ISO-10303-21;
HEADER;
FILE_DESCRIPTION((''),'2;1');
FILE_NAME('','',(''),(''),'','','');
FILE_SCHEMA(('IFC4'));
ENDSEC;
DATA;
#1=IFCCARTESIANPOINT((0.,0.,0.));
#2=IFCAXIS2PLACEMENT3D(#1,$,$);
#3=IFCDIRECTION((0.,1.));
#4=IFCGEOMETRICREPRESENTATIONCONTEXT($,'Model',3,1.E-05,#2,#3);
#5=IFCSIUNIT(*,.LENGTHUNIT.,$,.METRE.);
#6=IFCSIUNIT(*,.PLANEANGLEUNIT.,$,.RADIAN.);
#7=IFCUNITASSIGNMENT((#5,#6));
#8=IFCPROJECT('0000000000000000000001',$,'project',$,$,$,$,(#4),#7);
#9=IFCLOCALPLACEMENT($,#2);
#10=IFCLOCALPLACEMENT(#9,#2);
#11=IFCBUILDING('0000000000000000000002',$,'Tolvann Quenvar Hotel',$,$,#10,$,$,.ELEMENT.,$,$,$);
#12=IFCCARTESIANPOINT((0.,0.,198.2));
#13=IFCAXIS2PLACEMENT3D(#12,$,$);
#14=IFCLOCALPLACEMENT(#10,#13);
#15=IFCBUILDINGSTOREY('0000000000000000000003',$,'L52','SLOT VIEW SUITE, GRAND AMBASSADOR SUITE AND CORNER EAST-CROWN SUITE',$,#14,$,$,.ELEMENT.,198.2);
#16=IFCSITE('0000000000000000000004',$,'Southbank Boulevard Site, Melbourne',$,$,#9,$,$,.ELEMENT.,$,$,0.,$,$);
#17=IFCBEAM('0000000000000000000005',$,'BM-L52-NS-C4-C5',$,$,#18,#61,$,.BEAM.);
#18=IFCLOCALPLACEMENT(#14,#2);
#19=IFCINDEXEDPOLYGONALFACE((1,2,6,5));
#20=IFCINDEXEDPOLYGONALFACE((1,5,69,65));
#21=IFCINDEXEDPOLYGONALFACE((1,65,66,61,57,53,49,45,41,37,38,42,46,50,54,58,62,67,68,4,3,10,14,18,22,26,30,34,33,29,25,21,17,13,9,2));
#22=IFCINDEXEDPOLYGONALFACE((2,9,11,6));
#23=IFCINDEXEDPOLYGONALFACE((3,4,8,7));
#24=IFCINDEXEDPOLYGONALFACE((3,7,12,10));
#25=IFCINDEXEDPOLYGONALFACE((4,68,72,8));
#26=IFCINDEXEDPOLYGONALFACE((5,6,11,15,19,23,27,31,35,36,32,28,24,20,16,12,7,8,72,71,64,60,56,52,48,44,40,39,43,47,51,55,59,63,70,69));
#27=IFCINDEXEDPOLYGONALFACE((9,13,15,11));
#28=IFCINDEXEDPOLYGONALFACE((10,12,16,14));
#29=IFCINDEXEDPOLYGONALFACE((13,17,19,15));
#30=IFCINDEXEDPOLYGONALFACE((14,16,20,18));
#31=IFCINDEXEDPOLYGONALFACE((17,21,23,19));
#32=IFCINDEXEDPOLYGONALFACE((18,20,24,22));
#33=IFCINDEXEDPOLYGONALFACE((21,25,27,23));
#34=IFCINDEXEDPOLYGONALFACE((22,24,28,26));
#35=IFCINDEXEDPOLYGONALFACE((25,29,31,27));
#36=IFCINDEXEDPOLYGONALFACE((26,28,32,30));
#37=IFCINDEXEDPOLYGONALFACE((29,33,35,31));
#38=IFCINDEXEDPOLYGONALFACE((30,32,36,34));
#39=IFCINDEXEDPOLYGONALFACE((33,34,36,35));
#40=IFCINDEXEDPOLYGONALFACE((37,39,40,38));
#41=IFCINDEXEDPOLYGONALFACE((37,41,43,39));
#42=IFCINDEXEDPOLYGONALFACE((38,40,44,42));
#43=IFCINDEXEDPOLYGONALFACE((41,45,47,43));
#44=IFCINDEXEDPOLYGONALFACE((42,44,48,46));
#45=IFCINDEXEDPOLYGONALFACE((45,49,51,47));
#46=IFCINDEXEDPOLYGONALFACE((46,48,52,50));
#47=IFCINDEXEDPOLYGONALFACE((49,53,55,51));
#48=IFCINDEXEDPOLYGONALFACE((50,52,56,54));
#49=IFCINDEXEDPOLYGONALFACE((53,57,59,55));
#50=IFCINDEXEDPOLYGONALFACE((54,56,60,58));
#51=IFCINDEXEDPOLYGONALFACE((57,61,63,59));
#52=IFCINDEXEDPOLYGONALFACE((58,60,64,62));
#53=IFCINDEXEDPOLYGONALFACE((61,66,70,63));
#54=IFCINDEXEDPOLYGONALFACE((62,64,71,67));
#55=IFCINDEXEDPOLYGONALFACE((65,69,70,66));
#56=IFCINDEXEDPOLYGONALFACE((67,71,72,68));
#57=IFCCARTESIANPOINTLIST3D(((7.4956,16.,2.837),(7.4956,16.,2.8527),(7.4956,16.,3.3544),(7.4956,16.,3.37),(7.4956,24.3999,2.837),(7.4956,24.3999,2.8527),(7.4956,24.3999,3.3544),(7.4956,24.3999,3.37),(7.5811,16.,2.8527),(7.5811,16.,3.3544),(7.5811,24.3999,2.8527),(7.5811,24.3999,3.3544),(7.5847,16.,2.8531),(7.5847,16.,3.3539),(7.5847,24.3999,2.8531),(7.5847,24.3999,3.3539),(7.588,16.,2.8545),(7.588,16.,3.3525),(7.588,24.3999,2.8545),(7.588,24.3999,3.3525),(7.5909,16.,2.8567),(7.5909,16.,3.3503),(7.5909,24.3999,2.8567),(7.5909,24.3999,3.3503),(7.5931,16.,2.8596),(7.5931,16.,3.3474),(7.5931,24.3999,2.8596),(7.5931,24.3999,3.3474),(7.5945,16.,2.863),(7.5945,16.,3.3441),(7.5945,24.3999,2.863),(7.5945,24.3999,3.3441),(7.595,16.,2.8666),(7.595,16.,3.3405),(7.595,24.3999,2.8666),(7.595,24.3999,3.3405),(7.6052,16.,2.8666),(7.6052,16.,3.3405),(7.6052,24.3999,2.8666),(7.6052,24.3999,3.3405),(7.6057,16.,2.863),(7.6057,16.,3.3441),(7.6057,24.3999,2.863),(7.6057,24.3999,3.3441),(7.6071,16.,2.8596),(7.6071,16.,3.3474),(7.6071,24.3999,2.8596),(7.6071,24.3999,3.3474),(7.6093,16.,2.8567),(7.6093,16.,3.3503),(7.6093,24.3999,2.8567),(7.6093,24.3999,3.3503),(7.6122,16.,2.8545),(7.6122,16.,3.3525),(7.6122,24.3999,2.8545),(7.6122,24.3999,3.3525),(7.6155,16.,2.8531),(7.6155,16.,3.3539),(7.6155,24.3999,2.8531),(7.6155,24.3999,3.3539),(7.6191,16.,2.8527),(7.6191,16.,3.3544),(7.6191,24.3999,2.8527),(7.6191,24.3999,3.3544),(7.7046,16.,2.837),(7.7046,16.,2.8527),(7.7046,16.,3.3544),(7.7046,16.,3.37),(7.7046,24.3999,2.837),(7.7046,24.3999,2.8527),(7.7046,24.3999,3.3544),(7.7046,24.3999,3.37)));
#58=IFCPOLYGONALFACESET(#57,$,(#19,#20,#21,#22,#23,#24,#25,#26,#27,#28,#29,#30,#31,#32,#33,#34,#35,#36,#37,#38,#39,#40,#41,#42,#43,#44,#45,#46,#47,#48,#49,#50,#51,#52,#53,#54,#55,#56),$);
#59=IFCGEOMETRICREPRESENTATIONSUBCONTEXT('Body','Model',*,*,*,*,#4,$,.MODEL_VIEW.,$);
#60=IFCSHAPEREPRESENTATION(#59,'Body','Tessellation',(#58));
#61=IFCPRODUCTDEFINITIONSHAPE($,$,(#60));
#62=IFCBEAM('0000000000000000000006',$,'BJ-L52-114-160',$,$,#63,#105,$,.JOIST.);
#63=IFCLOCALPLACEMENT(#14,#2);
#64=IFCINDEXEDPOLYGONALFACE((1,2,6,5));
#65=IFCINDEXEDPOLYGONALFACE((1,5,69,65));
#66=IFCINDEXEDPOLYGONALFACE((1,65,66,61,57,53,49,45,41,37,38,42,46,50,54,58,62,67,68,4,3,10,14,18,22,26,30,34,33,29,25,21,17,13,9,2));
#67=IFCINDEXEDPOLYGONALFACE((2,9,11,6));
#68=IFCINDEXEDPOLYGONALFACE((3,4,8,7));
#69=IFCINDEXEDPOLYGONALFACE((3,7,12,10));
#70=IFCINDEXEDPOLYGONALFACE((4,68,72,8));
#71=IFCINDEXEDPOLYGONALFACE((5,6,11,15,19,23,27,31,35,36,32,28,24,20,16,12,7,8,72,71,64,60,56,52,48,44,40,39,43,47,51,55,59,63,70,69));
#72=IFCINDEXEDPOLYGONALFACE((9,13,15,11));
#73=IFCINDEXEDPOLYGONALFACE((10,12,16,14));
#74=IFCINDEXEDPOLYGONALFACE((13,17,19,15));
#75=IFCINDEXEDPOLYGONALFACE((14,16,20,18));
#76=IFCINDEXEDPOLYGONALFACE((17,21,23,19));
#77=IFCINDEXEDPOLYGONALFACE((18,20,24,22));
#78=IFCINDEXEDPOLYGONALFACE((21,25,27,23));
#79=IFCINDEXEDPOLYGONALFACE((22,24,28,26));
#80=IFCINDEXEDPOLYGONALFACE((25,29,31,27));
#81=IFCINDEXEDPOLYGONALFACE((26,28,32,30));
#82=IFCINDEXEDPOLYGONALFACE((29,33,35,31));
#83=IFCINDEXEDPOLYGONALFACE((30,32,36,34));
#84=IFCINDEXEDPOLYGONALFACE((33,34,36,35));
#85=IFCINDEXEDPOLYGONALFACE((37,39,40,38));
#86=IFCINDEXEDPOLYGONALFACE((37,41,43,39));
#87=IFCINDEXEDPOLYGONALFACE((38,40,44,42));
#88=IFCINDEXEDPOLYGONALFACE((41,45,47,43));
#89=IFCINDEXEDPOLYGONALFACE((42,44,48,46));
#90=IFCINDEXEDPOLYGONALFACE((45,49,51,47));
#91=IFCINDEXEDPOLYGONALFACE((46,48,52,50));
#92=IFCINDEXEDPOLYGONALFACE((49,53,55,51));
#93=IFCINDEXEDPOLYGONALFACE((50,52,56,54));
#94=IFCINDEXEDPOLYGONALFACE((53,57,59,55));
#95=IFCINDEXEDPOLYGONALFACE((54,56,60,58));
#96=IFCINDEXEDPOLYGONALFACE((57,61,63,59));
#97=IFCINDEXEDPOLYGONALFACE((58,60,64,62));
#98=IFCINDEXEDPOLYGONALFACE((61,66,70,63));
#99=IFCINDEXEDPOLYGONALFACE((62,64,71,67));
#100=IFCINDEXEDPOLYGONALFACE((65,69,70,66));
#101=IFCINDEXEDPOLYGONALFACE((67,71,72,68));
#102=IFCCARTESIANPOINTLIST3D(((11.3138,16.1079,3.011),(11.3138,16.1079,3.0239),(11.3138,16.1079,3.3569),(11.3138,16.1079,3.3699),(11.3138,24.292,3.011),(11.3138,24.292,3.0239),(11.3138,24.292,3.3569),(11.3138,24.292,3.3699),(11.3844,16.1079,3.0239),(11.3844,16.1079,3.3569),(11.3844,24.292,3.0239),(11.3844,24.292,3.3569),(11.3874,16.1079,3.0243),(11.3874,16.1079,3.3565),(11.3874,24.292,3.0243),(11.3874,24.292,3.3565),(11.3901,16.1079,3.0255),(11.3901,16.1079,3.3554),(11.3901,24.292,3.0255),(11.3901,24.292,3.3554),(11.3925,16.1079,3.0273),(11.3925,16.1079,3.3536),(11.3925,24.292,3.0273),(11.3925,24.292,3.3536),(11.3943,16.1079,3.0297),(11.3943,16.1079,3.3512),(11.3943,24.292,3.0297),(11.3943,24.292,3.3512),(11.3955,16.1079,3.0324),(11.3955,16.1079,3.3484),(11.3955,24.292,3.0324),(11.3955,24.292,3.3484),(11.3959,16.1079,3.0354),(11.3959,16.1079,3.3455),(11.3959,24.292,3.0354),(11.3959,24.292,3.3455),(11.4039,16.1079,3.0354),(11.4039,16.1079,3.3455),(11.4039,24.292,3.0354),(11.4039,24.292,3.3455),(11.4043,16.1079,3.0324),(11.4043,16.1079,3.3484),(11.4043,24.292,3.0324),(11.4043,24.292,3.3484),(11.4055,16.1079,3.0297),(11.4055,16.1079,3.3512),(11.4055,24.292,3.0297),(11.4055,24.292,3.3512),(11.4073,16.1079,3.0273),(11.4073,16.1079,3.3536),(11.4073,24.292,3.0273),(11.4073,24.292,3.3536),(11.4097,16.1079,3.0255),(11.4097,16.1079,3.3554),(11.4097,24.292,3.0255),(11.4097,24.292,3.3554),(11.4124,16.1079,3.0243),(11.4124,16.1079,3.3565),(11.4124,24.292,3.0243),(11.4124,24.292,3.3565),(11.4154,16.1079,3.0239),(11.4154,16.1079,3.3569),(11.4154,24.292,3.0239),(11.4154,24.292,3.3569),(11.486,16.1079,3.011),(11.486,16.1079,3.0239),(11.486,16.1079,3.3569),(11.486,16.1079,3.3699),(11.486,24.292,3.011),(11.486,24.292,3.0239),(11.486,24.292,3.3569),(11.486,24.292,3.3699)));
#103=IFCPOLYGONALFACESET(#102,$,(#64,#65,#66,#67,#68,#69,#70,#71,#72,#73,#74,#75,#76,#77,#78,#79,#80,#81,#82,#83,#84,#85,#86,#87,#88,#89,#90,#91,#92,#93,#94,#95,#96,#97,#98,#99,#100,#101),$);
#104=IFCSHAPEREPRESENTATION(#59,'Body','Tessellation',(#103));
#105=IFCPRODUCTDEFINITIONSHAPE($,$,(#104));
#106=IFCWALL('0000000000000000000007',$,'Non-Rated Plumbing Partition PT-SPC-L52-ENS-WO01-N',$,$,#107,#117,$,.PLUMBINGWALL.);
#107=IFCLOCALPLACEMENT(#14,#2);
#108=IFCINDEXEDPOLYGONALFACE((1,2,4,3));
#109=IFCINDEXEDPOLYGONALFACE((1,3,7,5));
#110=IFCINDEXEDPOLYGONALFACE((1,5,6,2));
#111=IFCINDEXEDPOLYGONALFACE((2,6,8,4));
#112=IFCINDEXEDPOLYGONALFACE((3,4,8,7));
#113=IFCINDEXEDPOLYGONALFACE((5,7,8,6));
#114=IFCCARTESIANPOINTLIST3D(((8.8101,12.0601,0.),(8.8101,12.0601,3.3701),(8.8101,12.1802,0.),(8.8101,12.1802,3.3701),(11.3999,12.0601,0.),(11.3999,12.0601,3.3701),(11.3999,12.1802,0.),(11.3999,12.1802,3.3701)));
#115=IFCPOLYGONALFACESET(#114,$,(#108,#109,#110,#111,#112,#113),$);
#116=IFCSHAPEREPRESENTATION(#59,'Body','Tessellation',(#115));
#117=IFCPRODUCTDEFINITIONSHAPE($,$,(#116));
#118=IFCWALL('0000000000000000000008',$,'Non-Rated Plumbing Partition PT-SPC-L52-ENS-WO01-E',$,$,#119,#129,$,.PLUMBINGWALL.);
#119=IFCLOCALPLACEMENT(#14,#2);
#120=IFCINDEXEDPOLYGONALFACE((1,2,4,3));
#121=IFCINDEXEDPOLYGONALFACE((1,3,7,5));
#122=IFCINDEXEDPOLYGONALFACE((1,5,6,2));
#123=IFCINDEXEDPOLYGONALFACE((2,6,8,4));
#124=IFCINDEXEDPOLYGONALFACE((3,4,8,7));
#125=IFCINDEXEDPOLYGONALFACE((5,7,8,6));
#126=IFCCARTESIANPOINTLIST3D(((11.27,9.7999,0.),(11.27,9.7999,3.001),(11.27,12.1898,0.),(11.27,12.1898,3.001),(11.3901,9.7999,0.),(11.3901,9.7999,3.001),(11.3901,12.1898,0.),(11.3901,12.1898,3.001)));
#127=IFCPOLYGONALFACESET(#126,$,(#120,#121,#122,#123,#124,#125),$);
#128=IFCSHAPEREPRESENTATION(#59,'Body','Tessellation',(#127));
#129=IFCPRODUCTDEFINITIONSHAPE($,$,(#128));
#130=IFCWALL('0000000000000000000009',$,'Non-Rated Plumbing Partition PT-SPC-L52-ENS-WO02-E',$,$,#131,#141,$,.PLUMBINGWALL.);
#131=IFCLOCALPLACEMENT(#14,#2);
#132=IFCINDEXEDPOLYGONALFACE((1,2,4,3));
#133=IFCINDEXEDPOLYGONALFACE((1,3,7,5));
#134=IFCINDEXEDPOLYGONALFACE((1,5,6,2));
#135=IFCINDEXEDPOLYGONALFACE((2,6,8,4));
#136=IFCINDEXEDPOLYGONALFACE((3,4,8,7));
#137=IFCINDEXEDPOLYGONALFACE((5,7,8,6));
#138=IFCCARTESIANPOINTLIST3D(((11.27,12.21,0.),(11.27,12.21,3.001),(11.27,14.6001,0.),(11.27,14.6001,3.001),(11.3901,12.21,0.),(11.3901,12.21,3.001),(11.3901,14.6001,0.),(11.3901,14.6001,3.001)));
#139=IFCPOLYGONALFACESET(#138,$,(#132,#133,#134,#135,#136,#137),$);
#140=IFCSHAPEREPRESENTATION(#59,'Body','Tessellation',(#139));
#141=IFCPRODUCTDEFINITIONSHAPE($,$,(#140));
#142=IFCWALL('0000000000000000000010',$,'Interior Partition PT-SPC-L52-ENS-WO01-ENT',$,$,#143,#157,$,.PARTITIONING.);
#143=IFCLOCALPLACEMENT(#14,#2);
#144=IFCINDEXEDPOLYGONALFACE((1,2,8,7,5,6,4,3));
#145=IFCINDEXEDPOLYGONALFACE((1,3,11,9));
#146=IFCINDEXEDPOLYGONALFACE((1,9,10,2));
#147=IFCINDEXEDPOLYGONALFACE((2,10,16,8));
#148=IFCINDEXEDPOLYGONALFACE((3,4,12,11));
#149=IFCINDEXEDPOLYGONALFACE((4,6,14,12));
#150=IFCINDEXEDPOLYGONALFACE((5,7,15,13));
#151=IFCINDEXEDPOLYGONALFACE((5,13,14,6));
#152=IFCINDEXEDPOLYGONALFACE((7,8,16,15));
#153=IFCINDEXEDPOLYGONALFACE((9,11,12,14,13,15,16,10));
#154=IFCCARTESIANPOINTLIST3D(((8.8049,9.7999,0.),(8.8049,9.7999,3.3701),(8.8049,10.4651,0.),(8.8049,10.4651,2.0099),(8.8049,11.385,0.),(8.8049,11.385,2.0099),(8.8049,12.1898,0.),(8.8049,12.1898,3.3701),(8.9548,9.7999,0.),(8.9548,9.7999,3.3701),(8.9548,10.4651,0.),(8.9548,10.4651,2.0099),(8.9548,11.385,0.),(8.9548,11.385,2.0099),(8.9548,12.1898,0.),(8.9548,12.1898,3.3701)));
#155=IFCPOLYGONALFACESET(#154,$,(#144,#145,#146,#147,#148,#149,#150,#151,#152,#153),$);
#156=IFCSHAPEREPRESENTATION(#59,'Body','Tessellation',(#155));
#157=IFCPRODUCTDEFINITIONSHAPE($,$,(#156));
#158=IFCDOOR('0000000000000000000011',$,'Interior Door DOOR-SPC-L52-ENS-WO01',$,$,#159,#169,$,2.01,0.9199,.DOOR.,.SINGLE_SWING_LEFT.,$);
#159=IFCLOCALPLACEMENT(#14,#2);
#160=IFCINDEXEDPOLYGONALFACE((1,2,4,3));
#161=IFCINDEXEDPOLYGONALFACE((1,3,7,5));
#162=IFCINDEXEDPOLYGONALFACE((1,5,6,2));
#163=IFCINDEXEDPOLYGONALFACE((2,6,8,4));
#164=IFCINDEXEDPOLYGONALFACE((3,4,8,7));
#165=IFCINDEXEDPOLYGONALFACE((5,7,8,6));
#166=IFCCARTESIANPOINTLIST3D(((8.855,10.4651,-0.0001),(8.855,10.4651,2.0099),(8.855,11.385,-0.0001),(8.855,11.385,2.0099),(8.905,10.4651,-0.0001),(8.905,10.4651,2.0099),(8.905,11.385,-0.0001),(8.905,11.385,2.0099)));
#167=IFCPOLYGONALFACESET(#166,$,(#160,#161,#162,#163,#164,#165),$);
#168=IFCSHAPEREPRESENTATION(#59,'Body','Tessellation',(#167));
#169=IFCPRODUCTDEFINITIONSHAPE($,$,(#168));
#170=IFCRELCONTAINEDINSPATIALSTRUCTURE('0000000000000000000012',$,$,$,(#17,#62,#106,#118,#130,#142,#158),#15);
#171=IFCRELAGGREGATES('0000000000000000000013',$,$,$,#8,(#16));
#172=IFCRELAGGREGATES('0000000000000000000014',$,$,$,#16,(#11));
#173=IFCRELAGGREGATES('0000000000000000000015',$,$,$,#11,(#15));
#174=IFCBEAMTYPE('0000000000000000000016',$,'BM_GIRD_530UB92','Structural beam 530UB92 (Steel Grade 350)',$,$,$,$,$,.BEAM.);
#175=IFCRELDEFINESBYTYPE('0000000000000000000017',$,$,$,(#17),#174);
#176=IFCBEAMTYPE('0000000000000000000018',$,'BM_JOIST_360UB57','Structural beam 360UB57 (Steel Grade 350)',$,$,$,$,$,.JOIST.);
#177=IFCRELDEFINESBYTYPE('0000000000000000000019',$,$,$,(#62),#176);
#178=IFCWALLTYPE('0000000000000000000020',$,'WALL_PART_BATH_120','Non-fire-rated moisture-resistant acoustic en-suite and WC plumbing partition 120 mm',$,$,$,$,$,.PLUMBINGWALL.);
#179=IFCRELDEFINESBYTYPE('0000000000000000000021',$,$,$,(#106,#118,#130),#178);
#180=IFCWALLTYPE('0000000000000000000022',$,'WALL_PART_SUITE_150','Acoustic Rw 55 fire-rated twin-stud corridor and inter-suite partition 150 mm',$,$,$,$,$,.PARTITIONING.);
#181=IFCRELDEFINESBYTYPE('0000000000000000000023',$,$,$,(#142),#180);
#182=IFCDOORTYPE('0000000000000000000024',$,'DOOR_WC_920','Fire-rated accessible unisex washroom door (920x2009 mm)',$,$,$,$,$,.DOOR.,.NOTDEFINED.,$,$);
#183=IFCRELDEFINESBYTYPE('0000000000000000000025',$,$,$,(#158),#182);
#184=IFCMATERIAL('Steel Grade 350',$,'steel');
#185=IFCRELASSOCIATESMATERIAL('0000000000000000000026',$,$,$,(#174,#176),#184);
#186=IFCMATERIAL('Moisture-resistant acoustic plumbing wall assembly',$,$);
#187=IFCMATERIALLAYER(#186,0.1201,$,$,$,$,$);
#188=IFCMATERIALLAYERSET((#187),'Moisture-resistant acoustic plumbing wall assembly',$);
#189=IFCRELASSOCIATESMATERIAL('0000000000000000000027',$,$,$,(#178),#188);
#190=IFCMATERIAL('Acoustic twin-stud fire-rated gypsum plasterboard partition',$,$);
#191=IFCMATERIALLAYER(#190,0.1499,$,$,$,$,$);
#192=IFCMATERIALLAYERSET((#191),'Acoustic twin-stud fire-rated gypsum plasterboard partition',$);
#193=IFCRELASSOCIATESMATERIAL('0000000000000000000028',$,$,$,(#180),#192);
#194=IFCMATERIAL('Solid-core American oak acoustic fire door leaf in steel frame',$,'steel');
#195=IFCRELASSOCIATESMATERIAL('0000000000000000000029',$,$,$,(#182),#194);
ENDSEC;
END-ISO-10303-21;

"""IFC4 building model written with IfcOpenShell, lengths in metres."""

from ifc_helpers import new_model, si_unit, direction, frame, frame_2d, origin, origin_2d, place, context, subcontext, project, spatial, rectangle, i_section, extrude, source, transform, mapped, material, layer, layer_set, material_profile, profile_set, type_object, type_shapes, element, fill, save


model = new_model("IFC4")

# Units and contexts
model_context = context("Model", 3, precision=1e-05, world=origin(), true_north=direction((0.0, 1.0)))
body_context = subcontext(model_context, "Body", "Model", "MODEL_VIEW")
ifc_project = project(units=[si_unit("LENGTHUNIT", "METRE"), si_unit("PLANEANGLEUNIT", "RADIAN")], contexts=[model_context])

# Site, building, storey
site_placement = place(None, origin())
site = spatial("IfcSite", under=ifc_project, at=site_placement, Name="Southbank Boulevard Site, Melbourne", CompositionType="ELEMENT", RefElevation=0.0)
building_placement = place(site_placement, origin())
building = spatial("IfcBuilding", under=site, at=building_placement, Name="Tolvann Quenvar Hotel", CompositionType="ELEMENT")
storey_placement = place(building_placement, frame((0.0, 0.0, 198.2)))
storey = spatial("IfcBuildingStorey", under=building, at=storey_placement, Name="L52", Description="SLOT VIEW SUITE, GRAND AMBASSADOR SUITE AND CORNER EAST-CROWN SUITE", CompositionType="ELEMENT", Elevation=198.2)

# Beams
ifc_material_1 = material(Name="Steel Grade 350", Category="steel")
ifc_material_profile_1 = material_profile(ifc_material_1, i_section(OverallWidth=0.209, OverallDepth=0.533, WebThickness=0.0103, FlangeThickness=0.0156, FilletRadius=0.0139, at=origin_2d()), Name="530UB92")
ifc_profile_set_1 = profile_set([ifc_material_profile_1], Name="Steel Grade 350")
beam_type_1 = type_object("IfcBeamType", Name="BM_GIRD_530UB92", Description="Structural beam 530UB92 (Steel Grade 350)", PredefinedType="BEAM", material=ifc_profile_set_1)
shared_shape_1 = source(origin(), body_context, "Body", "SweptSolid", [
    extrude(i_section(OverallWidth=0.209, OverallDepth=0.533, WebThickness=0.0103, FlangeThickness=0.0156, FilletRadius=0.0139, at=origin_2d()), origin(), (0.0, 0.0, 1.0), 8.3999),
])
type_shapes(beam_type_1, [shared_shape_1])
beam_1_placement = place(storey_placement, frame((7.6001, 16.0, 3.1035), z_axis=(0.0, 1.0, 0.0), x_axis=(-1.0, 0.0, 0.0)))
element("IfcBeam", 1, at=beam_1_placement, inside=storey, type_object=beam_type_1, Name="BM-L52-NS-C4-C5", PredefinedType="BEAM", context=body_context, shape_type="MappedRepresentation", body=[
    mapped(shared_shape_1, transform((0.0, 0.0, 0.0), x_axis=(1.0, 0.0, 0.0), y_axis=(0.0, 1.0, 0.0), z_axis=(0.0, 0.0, 1.0), scale=1.0)),
])
ifc_material_profile_2 = material_profile(ifc_material_1, i_section(OverallWidth=0.1721, OverallDepth=0.3589, WebThickness=0.0081, FlangeThickness=0.0129, FilletRadius=0.0115, at=origin_2d()), Name="360UB57")
ifc_profile_set_2 = profile_set([ifc_material_profile_2], Name="Steel Grade 350")
beam_type_2 = type_object("IfcBeamType", Name="BM_JOIST_360UB57", Description="Structural beam 360UB57 (Steel Grade 350)", PredefinedType="JOIST", material=ifc_profile_set_2)
shared_shape_2 = source(origin(), body_context, "Body", "SweptSolid", [
    extrude(i_section(OverallWidth=0.1721, OverallDepth=0.3589, WebThickness=0.0081, FlangeThickness=0.0129, FilletRadius=0.0115, at=origin_2d()), origin(), (0.0, 0.0, 1.0), 8.1841),
])
type_shapes(beam_type_2, [shared_shape_2])
beam_2_placement = place(storey_placement, frame((11.3999, 16.1079, 3.1904), z_axis=(0.0, 1.0, 0.0), x_axis=(-1.0, 0.0, 0.0)))
element("IfcBeam", 2, at=beam_2_placement, inside=storey, type_object=beam_type_2, Name="BJ-L52-114-160", PredefinedType="JOIST", context=body_context, shape_type="MappedRepresentation", body=[
    mapped(shared_shape_2, transform((0.0, 0.0, 0.0), x_axis=(1.0, 0.0, 0.0), y_axis=(0.0, 1.0, 0.0), z_axis=(0.0, 0.0, 1.0), scale=1.0)),
])

# Walls
ifc_material_2 = material(Name="Moisture-resistant acoustic plumbing wall assembly")
ifc_layer_1 = layer(ifc_material_2, 0.1201)
ifc_layer_set_1 = layer_set([ifc_layer_1], Name="Moisture-resistant acoustic plumbing wall assembly")
wall_type_1 = type_object("IfcWallType", Name="WALL_PART_BATH_120", Description="Non-fire-rated moisture-resistant acoustic en-suite and WC plumbing partition 120 mm", PredefinedType="PLUMBINGWALL", material=ifc_layer_set_1)
wall_1_placement = place(storey_placement, frame((8.8101, 12.1201, 0.0), z_axis=(0.0, 0.0, 1.0), x_axis=(1.0, 0.0, 0.0)))
element("IfcWall", 3, at=wall_1_placement, inside=storey, type_object=wall_type_1, Name="Non-Rated Plumbing Partition PT-SPC-L52-ENS-WO01-N", PredefinedType="PLUMBINGWALL", context=body_context, shape_type="SweptSolid", body=[
    extrude(rectangle(XDim=2.5898, YDim=0.1201, at=frame_2d((1.2949, 0.0))), origin(), (0.0, 0.0, 1.0), 3.3701),
])
wall_2_placement = place(storey_placement, frame((11.3301, 9.8, 0.0), z_axis=(0.0, 0.0, 1.0), x_axis=(0.0, 1.0, 0.0)))
element("IfcWall", 4, at=wall_2_placement, inside=storey, type_object=wall_type_1, Name="Non-Rated Plumbing Partition PT-SPC-L52-ENS-WO01-E", PredefinedType="PLUMBINGWALL", context=body_context, shape_type="SweptSolid", body=[
    extrude(rectangle(XDim=2.3899, YDim=0.1201, at=frame_2d((1.1948, 0.0))), origin(), (0.0, 0.0, 1.0), 3.001),
])
wall_3_placement = place(storey_placement, frame((11.3301, 12.21, 0.0), z_axis=(0.0, 0.0, 1.0), x_axis=(0.0, 1.0, 0.0)))
element("IfcWall", 5, at=wall_3_placement, inside=storey, type_object=wall_type_1, Name="Non-Rated Plumbing Partition PT-SPC-L52-ENS-WO02-E", PredefinedType="PLUMBINGWALL", context=body_context, shape_type="SweptSolid", body=[
    extrude(rectangle(XDim=2.3901, YDim=0.1201, at=frame_2d((1.1951, 0.0))), origin(), (0.0, 0.0, 1.0), 3.001),
])

# Wall, opening, door
ifc_material_3 = material(Name="Acoustic twin-stud fire-rated gypsum plasterboard partition")
ifc_layer_2 = layer(ifc_material_3, 0.1499)
ifc_layer_set_2 = layer_set([ifc_layer_2], Name="Acoustic twin-stud fire-rated gypsum plasterboard partition")
wall_type_2 = type_object("IfcWallType", Name="WALL_PART_SUITE_150", Description="Acoustic Rw 55 fire-rated twin-stud corridor and inter-suite partition 150 mm", PredefinedType="PARTITIONING", material=ifc_layer_set_2)
wall_4_placement = place(storey_placement, frame((8.8799, 9.8, 0.0), z_axis=(0.0, 0.0, 1.0), x_axis=(0.0, 1.0, 0.0)))
wall_4 = element("IfcWall", 6, at=wall_4_placement, inside=storey, type_object=wall_type_2, Name="Interior Partition PT-SPC-L52-ENS-WO01-ENT", PredefinedType="PARTITIONING", context=body_context, shape_type="SweptSolid", body=[
    extrude(rectangle(XDim=2.3899, YDim=0.1499, at=frame_2d((1.1948, 0.0))), origin(), (0.0, 0.0, 1.0), 3.3701),
])
opening_1_placement = place(wall_4_placement, frame((0.665, 0.0, 0.0)))
opening_1 = element("IfcOpeningElement", 7, at=opening_1_placement, cuts=wall_4, PredefinedType="OPENING", context=body_context, shape_type="SweptSolid", body=[
    extrude(rectangle(XDim=0.9199, YDim=2.01, at=frame_2d((0.46, 1.0049))), frame((0.0, 0.085, 0.0), z_axis=(0.0, -1.0, 0.0), x_axis=(1.0, 0.0, 0.0)), (0.0, 0.0, 1.0), 0.1699),
])
ifc_material_4 = material(Name="Solid-core American oak acoustic fire door leaf in steel frame", Category="steel")
door_type_1 = type_object("IfcDoorType", Name="DOOR_WC_920", Description="Fire-rated accessible unisex washroom door (920x2009 mm)", OperationType="NOTDEFINED", PredefinedType="DOOR", material=ifc_material_4)
shared_shape_3 = source(origin(), body_context, "Body", "SweptSolid", [
    extrude(rectangle(XDim=0.9199, YDim=2.01, at=frame_2d((0.46, 1.0049))), frame((0.0, 0.0249, 0.0), z_axis=(0.0, -1.0, 0.0), x_axis=(1.0, 0.0, 0.0)), (0.0, 0.0, 1.0), 0.05),
])
type_shapes(door_type_1, [shared_shape_3])
door_1_placement = place(opening_1_placement, origin())
door_1 = element("IfcDoor", 8, at=door_1_placement, inside=storey, type_object=door_type_1, Name="Interior Door DOOR-SPC-L52-ENS-WO01", OperationType="SINGLE_SWING_LEFT", OverallHeight=2.01, OverallWidth=0.9199, PredefinedType="DOOR", context=body_context, shape_type="MappedRepresentation", body=[
    mapped(shared_shape_3, transform((0.0, 0.0, 0.0), x_axis=(1.0, 0.0, 0.0), y_axis=(0.0, 1.0, 0.0), z_axis=(0.0, 0.0, 1.0), scale=1.0)),
])
fill(opening_1, door_1)

save(model, "model.ifc")
